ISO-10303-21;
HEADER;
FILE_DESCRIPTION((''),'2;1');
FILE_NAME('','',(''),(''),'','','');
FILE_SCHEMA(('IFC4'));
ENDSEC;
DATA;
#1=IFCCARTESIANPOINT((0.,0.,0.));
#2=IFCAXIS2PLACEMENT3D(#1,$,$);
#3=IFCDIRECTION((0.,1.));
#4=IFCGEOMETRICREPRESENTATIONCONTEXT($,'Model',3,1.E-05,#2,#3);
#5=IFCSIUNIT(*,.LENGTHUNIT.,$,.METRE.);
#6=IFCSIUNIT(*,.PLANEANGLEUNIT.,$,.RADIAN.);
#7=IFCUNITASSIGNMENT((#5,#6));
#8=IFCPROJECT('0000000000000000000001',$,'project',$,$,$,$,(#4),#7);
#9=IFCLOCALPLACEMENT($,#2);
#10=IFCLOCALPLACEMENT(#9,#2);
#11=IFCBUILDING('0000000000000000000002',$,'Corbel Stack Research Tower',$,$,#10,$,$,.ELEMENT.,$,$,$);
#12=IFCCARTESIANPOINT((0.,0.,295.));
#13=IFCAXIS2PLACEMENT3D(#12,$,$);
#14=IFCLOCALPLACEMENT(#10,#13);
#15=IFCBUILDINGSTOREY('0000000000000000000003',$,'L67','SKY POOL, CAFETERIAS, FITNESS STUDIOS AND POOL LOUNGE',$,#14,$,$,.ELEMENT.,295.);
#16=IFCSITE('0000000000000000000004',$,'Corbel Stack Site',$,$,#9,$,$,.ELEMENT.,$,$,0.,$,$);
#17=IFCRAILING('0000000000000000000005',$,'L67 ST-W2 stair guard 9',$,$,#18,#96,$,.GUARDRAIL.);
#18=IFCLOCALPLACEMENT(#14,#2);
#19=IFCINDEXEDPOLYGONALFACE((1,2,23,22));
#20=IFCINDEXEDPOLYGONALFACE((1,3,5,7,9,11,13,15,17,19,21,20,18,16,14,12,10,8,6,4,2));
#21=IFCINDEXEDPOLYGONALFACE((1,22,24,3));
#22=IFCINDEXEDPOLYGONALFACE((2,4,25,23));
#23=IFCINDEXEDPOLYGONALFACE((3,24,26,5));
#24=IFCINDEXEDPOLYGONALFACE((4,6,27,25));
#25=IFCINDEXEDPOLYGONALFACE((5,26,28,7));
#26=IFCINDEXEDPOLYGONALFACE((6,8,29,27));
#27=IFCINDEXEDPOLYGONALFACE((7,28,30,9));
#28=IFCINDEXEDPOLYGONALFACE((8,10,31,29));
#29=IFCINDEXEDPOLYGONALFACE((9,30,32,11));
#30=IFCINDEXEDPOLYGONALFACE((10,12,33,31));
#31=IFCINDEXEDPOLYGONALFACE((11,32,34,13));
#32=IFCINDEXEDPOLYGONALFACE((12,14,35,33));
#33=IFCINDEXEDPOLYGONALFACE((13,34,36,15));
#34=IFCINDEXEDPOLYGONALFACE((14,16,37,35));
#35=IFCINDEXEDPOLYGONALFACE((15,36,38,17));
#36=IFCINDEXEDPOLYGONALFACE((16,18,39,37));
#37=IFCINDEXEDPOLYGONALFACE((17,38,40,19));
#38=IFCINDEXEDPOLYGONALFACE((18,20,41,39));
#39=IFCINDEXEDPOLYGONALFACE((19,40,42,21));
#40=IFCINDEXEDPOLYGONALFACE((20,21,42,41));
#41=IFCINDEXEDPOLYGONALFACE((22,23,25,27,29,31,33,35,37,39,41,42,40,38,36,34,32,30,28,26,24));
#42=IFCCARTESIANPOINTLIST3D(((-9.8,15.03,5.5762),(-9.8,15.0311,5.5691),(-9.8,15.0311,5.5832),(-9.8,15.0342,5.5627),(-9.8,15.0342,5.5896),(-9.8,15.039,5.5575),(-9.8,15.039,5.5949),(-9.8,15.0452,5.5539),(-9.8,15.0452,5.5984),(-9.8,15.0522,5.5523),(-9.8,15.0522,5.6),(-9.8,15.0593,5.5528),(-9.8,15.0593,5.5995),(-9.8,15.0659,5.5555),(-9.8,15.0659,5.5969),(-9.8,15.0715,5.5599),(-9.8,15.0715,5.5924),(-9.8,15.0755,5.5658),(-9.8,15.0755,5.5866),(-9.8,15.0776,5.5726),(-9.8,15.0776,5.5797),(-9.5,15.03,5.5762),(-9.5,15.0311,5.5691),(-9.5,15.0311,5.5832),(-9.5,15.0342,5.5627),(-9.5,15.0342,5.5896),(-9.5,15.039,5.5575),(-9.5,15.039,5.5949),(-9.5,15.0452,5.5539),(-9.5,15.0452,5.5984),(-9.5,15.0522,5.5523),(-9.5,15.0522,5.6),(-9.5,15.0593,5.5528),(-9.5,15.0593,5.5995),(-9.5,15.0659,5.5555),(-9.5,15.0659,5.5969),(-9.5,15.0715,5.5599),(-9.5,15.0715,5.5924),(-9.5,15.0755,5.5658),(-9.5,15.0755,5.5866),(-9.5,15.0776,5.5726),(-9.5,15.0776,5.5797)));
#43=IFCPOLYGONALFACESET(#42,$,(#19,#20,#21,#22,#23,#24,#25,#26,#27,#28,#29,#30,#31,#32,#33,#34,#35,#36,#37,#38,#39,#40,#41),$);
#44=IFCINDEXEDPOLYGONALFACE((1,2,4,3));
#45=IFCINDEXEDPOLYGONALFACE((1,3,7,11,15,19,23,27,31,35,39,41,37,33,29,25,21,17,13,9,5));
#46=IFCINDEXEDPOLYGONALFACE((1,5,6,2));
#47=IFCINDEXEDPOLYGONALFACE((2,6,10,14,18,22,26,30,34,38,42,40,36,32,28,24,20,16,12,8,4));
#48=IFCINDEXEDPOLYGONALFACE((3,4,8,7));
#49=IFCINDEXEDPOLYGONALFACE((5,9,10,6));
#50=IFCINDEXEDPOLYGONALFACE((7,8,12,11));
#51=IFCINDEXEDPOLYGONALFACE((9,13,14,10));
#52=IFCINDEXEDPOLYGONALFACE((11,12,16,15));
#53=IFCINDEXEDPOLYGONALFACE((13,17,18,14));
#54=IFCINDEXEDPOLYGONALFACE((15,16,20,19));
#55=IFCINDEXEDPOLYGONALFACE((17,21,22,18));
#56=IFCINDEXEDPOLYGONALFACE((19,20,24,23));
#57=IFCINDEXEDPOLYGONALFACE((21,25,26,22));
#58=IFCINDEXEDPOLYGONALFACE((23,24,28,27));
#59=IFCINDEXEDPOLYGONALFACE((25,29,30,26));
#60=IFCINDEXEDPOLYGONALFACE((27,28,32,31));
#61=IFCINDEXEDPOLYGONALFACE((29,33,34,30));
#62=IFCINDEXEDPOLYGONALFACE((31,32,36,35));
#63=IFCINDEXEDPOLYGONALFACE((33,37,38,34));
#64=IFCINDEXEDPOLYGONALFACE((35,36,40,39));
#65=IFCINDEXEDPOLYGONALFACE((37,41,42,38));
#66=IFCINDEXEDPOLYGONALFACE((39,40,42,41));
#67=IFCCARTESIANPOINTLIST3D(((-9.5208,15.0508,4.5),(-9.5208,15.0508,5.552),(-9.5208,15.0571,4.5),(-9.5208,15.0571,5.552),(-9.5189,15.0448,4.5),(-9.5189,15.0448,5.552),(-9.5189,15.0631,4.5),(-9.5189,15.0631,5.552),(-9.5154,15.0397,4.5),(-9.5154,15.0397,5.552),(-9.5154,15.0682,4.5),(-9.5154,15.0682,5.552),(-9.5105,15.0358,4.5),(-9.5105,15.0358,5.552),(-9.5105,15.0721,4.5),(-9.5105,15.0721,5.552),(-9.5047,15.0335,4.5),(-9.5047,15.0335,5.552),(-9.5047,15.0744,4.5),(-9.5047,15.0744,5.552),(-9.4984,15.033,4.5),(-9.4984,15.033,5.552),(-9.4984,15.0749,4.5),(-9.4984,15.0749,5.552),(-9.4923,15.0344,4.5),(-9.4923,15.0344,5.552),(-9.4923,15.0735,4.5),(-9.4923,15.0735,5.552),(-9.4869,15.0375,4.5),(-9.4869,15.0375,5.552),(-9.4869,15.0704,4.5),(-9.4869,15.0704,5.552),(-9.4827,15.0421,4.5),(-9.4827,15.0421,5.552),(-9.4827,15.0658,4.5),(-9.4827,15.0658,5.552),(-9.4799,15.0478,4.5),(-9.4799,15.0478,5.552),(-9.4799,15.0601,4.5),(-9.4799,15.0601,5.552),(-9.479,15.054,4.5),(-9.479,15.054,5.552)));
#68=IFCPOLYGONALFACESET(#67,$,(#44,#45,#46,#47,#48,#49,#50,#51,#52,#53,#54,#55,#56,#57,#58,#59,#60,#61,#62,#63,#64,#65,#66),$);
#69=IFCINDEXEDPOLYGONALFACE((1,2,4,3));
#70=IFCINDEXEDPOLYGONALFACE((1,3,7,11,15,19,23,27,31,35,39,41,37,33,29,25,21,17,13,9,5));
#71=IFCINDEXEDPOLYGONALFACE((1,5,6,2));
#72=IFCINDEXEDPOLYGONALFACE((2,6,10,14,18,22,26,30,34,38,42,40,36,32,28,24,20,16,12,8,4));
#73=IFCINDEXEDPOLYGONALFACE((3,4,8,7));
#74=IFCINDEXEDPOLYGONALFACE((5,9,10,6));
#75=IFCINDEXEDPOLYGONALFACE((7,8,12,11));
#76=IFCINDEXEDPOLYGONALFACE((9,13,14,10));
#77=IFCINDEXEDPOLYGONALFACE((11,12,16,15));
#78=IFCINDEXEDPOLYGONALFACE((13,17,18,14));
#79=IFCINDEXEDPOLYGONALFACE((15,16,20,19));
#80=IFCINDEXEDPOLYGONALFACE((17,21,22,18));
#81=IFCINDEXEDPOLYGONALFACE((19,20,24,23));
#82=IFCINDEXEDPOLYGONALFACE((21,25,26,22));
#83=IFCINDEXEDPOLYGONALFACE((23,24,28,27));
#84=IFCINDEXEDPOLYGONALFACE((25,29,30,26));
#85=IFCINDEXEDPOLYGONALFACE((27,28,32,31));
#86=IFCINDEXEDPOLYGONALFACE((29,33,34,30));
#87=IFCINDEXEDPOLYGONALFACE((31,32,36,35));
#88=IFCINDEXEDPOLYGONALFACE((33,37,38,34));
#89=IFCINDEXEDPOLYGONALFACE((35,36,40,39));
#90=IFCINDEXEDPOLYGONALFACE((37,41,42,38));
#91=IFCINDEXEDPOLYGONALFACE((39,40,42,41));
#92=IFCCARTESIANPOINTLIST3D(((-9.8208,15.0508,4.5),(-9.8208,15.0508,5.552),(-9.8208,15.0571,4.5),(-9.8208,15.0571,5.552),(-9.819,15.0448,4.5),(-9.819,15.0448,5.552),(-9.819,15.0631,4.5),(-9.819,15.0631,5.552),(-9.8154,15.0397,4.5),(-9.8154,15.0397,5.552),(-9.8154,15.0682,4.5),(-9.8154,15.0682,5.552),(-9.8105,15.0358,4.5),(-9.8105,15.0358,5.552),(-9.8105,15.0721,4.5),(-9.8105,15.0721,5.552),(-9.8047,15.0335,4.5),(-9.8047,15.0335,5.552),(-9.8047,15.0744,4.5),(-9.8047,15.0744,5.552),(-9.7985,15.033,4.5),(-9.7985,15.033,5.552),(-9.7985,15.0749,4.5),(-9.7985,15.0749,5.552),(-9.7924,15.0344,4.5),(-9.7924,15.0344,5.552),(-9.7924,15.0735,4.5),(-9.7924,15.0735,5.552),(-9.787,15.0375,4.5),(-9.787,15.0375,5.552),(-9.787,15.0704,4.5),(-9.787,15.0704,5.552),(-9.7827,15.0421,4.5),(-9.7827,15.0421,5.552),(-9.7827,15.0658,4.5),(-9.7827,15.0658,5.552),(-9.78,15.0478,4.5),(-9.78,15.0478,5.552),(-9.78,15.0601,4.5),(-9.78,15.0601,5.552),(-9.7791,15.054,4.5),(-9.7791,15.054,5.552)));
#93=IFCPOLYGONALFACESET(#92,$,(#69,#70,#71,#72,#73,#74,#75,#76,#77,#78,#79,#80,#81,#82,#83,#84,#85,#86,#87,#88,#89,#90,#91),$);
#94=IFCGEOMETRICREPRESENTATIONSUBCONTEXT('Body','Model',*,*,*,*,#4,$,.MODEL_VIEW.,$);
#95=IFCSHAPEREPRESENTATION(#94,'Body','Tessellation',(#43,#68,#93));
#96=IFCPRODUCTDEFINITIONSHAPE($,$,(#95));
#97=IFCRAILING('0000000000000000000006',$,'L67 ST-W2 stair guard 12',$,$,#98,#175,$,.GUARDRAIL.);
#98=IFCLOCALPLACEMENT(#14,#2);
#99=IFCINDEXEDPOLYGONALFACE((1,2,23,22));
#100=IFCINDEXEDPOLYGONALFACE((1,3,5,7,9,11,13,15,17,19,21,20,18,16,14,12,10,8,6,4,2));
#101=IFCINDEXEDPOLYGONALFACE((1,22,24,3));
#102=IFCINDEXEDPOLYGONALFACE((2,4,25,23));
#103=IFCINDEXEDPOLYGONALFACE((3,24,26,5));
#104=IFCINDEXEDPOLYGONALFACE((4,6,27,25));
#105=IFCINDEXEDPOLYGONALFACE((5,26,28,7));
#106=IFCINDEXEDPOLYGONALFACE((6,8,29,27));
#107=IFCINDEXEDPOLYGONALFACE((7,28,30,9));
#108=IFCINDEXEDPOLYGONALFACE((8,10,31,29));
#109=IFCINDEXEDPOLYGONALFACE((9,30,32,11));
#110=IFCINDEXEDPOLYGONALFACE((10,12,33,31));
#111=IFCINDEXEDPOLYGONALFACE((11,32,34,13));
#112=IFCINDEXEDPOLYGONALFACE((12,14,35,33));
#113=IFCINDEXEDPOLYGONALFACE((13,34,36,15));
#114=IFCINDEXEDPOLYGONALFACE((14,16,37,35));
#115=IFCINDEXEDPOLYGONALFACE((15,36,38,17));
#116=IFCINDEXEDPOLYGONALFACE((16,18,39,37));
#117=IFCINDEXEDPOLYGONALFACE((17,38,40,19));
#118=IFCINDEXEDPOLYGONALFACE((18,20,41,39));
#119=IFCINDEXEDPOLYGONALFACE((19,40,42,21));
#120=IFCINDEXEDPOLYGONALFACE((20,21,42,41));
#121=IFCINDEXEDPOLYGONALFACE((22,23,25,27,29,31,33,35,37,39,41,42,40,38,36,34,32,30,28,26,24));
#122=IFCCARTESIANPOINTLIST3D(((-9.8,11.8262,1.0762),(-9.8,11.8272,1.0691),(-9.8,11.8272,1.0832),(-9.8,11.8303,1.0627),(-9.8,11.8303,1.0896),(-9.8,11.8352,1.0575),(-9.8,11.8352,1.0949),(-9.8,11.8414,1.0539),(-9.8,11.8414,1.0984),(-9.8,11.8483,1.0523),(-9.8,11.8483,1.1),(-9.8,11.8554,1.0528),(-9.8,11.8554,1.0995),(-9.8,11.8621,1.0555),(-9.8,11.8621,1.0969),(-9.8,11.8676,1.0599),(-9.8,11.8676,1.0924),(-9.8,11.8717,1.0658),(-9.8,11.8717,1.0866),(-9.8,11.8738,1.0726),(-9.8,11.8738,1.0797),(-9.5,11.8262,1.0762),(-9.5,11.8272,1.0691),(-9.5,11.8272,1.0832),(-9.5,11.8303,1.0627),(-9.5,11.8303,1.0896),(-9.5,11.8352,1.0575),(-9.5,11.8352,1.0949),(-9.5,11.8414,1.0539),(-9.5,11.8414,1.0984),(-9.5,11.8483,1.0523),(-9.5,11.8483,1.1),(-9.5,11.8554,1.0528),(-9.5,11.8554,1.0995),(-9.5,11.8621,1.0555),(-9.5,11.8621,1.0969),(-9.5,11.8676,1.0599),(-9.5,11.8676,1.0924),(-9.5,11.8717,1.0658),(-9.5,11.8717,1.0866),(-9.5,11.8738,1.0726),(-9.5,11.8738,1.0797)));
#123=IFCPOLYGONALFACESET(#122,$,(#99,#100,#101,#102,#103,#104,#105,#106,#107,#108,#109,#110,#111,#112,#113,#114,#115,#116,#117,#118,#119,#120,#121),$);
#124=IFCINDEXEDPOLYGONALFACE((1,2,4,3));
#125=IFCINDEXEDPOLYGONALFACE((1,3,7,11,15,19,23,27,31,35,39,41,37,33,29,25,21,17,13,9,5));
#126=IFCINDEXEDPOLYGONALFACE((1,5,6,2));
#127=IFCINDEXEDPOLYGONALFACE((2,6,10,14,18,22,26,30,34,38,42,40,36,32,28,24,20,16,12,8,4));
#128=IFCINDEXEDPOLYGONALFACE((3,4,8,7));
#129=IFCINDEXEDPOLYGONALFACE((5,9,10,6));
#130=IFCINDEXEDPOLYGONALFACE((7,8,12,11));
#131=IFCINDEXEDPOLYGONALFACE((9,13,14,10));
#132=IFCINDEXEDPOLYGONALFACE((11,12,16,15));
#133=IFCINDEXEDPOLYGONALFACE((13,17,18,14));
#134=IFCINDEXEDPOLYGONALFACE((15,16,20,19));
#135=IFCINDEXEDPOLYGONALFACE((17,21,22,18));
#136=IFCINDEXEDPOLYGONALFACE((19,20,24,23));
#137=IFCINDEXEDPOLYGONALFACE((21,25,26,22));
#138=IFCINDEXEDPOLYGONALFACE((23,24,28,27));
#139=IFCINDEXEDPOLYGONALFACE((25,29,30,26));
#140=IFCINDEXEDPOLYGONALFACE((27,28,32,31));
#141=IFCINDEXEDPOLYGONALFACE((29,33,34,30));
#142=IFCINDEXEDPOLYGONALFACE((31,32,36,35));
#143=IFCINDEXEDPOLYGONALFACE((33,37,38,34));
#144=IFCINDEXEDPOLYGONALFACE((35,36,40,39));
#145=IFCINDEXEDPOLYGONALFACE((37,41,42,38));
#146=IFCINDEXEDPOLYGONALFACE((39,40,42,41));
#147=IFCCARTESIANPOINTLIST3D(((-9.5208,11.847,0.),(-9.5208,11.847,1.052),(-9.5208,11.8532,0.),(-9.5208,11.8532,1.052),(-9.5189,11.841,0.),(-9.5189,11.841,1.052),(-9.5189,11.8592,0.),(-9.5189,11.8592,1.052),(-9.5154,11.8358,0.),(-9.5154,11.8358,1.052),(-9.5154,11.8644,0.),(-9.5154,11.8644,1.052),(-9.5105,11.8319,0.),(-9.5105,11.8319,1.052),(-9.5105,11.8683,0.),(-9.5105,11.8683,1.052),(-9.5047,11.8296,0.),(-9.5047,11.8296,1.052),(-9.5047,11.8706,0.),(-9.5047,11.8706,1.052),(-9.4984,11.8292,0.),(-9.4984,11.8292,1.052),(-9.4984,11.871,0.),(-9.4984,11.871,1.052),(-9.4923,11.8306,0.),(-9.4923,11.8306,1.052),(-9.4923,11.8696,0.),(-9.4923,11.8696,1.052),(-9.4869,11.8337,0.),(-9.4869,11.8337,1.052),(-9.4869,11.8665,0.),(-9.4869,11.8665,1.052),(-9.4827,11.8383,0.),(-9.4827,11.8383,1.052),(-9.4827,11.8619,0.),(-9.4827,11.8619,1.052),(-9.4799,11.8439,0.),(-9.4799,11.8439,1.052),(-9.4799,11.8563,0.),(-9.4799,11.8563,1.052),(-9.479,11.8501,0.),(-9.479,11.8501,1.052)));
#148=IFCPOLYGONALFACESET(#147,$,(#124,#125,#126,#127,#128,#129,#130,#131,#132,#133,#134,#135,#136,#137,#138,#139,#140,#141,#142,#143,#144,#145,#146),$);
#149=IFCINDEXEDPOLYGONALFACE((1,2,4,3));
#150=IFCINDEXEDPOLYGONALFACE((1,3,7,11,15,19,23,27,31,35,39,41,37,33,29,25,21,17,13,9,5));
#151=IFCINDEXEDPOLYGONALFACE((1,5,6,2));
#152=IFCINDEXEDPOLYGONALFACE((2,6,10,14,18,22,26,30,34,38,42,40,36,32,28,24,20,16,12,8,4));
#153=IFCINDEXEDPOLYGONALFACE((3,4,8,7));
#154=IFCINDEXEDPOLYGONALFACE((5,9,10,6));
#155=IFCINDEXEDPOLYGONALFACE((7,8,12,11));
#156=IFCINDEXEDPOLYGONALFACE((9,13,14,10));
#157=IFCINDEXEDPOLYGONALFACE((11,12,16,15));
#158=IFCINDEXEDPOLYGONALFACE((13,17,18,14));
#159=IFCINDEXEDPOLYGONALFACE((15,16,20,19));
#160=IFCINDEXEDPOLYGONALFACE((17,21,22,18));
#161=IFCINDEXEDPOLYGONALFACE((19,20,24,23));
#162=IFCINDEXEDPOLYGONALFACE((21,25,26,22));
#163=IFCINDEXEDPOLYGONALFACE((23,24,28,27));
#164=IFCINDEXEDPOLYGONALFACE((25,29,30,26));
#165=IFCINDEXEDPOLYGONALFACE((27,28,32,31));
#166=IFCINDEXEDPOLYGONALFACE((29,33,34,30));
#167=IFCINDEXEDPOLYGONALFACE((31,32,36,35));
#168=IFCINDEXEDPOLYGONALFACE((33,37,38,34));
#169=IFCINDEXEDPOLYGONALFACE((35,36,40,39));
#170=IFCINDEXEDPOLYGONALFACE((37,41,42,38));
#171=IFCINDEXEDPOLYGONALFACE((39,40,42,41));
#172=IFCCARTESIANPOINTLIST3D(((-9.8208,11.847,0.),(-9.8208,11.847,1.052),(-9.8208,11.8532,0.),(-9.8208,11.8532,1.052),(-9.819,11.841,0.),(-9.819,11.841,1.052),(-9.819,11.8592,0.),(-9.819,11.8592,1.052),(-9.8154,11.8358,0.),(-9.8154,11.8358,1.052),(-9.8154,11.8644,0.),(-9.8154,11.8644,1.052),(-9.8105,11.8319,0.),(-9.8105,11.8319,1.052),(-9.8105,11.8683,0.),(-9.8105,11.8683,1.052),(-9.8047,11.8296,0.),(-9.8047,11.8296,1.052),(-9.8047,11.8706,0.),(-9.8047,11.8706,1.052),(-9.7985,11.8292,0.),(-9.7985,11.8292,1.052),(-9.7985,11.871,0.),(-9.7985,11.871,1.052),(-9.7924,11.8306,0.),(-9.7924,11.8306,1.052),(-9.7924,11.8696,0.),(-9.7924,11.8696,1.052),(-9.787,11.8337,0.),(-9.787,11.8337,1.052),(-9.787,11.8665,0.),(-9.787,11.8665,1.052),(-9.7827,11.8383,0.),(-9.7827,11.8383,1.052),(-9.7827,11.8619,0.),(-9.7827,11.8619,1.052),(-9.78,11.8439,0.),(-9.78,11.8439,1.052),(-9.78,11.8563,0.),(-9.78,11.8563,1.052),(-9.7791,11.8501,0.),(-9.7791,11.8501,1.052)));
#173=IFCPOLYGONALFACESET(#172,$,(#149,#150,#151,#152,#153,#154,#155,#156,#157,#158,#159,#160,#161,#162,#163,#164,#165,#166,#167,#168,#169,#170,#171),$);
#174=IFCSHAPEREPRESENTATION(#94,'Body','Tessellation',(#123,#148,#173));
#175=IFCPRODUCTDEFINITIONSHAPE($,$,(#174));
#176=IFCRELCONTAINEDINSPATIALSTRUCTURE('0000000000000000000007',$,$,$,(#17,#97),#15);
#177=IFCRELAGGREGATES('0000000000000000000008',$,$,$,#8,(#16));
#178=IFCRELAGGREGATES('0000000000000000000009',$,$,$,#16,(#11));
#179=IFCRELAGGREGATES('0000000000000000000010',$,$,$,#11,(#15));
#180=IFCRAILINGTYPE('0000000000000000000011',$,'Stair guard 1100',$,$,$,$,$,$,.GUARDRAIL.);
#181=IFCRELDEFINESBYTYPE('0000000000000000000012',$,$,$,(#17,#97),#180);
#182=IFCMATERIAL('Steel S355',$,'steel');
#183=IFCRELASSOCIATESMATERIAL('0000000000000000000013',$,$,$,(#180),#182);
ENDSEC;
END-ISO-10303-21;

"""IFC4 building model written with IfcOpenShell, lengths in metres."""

from ifc_helpers import new_model, si_unit, direction, frame, origin, origin_2d, place, context, subcontext, project, spatial, circle, extrude, material, type_object, element, save


model = new_model("IFC4")

# Units and contexts
model_context = context("Model", 3, precision=1e-05, world=origin(), true_north=direction((0.0, 1.0)))
body_context = subcontext(model_context, "Body", "Model", "MODEL_VIEW")
ifc_project = project(units=[si_unit("LENGTHUNIT", "METRE"), si_unit("PLANEANGLEUNIT", "RADIAN")], contexts=[model_context])

# Site, building, storey
site_placement = place(None, origin())
site = spatial("IfcSite", under=ifc_project, at=site_placement, Name="Corbel Stack Site", CompositionType="ELEMENT", RefElevation=0.0)
building_placement = place(site_placement, origin())
building = spatial("IfcBuilding", under=site, at=building_placement, Name="Corbel Stack Research Tower", CompositionType="ELEMENT")
storey_placement = place(building_placement, frame((0.0, 0.0, 295.0)))
storey = spatial("IfcBuildingStorey", under=building, at=storey_placement, Name="L67", Description="SKY POOL, CAFETERIAS, FITNESS STUDIOS AND POOL LOUNGE", CompositionType="ELEMENT", Elevation=295.0)

# Railings
ifc_material_1 = material(Name="Steel S355", Category="steel")
railing_type_1 = type_object("IfcRailingType", Name="Stair guard 1100", PredefinedType="GUARDRAIL", material=ifc_material_1)
for number, where, name in (
    (1, (-9.5, 15.054, 4.5), "L67 ST-W2 stair guard 9"),
    (2, (-9.5, 11.8501, 0.0), "L67 ST-W2 stair guard 12"),
):
    element("IfcRailing", number, at=place(storey_placement, frame(where)), inside=storey, type_object=railing_type_1, Name=name, PredefinedType="GUARDRAIL", context=body_context, shape_type="SweptSolid", body=[
        extrude(circle(Radius=0.0239, at=origin_2d()), frame((0.0, 0.0, 1.0762), z_axis=(-1.0, 0.0, 0.0), x_axis=(0.0, -1.0, 0.0)), (0.0, 0.0, 1.0), 0.3),
        extrude(circle(Radius=0.021, at=origin_2d()), origin(), (0.0, 0.0, 1.0), 1.052),
        extrude(circle(Radius=0.021, at=origin_2d()), frame((-0.3, 0.0, 0.0)), (0.0, 0.0, 1.0), 1.052),
    ])

save(model, "model.ifc")
